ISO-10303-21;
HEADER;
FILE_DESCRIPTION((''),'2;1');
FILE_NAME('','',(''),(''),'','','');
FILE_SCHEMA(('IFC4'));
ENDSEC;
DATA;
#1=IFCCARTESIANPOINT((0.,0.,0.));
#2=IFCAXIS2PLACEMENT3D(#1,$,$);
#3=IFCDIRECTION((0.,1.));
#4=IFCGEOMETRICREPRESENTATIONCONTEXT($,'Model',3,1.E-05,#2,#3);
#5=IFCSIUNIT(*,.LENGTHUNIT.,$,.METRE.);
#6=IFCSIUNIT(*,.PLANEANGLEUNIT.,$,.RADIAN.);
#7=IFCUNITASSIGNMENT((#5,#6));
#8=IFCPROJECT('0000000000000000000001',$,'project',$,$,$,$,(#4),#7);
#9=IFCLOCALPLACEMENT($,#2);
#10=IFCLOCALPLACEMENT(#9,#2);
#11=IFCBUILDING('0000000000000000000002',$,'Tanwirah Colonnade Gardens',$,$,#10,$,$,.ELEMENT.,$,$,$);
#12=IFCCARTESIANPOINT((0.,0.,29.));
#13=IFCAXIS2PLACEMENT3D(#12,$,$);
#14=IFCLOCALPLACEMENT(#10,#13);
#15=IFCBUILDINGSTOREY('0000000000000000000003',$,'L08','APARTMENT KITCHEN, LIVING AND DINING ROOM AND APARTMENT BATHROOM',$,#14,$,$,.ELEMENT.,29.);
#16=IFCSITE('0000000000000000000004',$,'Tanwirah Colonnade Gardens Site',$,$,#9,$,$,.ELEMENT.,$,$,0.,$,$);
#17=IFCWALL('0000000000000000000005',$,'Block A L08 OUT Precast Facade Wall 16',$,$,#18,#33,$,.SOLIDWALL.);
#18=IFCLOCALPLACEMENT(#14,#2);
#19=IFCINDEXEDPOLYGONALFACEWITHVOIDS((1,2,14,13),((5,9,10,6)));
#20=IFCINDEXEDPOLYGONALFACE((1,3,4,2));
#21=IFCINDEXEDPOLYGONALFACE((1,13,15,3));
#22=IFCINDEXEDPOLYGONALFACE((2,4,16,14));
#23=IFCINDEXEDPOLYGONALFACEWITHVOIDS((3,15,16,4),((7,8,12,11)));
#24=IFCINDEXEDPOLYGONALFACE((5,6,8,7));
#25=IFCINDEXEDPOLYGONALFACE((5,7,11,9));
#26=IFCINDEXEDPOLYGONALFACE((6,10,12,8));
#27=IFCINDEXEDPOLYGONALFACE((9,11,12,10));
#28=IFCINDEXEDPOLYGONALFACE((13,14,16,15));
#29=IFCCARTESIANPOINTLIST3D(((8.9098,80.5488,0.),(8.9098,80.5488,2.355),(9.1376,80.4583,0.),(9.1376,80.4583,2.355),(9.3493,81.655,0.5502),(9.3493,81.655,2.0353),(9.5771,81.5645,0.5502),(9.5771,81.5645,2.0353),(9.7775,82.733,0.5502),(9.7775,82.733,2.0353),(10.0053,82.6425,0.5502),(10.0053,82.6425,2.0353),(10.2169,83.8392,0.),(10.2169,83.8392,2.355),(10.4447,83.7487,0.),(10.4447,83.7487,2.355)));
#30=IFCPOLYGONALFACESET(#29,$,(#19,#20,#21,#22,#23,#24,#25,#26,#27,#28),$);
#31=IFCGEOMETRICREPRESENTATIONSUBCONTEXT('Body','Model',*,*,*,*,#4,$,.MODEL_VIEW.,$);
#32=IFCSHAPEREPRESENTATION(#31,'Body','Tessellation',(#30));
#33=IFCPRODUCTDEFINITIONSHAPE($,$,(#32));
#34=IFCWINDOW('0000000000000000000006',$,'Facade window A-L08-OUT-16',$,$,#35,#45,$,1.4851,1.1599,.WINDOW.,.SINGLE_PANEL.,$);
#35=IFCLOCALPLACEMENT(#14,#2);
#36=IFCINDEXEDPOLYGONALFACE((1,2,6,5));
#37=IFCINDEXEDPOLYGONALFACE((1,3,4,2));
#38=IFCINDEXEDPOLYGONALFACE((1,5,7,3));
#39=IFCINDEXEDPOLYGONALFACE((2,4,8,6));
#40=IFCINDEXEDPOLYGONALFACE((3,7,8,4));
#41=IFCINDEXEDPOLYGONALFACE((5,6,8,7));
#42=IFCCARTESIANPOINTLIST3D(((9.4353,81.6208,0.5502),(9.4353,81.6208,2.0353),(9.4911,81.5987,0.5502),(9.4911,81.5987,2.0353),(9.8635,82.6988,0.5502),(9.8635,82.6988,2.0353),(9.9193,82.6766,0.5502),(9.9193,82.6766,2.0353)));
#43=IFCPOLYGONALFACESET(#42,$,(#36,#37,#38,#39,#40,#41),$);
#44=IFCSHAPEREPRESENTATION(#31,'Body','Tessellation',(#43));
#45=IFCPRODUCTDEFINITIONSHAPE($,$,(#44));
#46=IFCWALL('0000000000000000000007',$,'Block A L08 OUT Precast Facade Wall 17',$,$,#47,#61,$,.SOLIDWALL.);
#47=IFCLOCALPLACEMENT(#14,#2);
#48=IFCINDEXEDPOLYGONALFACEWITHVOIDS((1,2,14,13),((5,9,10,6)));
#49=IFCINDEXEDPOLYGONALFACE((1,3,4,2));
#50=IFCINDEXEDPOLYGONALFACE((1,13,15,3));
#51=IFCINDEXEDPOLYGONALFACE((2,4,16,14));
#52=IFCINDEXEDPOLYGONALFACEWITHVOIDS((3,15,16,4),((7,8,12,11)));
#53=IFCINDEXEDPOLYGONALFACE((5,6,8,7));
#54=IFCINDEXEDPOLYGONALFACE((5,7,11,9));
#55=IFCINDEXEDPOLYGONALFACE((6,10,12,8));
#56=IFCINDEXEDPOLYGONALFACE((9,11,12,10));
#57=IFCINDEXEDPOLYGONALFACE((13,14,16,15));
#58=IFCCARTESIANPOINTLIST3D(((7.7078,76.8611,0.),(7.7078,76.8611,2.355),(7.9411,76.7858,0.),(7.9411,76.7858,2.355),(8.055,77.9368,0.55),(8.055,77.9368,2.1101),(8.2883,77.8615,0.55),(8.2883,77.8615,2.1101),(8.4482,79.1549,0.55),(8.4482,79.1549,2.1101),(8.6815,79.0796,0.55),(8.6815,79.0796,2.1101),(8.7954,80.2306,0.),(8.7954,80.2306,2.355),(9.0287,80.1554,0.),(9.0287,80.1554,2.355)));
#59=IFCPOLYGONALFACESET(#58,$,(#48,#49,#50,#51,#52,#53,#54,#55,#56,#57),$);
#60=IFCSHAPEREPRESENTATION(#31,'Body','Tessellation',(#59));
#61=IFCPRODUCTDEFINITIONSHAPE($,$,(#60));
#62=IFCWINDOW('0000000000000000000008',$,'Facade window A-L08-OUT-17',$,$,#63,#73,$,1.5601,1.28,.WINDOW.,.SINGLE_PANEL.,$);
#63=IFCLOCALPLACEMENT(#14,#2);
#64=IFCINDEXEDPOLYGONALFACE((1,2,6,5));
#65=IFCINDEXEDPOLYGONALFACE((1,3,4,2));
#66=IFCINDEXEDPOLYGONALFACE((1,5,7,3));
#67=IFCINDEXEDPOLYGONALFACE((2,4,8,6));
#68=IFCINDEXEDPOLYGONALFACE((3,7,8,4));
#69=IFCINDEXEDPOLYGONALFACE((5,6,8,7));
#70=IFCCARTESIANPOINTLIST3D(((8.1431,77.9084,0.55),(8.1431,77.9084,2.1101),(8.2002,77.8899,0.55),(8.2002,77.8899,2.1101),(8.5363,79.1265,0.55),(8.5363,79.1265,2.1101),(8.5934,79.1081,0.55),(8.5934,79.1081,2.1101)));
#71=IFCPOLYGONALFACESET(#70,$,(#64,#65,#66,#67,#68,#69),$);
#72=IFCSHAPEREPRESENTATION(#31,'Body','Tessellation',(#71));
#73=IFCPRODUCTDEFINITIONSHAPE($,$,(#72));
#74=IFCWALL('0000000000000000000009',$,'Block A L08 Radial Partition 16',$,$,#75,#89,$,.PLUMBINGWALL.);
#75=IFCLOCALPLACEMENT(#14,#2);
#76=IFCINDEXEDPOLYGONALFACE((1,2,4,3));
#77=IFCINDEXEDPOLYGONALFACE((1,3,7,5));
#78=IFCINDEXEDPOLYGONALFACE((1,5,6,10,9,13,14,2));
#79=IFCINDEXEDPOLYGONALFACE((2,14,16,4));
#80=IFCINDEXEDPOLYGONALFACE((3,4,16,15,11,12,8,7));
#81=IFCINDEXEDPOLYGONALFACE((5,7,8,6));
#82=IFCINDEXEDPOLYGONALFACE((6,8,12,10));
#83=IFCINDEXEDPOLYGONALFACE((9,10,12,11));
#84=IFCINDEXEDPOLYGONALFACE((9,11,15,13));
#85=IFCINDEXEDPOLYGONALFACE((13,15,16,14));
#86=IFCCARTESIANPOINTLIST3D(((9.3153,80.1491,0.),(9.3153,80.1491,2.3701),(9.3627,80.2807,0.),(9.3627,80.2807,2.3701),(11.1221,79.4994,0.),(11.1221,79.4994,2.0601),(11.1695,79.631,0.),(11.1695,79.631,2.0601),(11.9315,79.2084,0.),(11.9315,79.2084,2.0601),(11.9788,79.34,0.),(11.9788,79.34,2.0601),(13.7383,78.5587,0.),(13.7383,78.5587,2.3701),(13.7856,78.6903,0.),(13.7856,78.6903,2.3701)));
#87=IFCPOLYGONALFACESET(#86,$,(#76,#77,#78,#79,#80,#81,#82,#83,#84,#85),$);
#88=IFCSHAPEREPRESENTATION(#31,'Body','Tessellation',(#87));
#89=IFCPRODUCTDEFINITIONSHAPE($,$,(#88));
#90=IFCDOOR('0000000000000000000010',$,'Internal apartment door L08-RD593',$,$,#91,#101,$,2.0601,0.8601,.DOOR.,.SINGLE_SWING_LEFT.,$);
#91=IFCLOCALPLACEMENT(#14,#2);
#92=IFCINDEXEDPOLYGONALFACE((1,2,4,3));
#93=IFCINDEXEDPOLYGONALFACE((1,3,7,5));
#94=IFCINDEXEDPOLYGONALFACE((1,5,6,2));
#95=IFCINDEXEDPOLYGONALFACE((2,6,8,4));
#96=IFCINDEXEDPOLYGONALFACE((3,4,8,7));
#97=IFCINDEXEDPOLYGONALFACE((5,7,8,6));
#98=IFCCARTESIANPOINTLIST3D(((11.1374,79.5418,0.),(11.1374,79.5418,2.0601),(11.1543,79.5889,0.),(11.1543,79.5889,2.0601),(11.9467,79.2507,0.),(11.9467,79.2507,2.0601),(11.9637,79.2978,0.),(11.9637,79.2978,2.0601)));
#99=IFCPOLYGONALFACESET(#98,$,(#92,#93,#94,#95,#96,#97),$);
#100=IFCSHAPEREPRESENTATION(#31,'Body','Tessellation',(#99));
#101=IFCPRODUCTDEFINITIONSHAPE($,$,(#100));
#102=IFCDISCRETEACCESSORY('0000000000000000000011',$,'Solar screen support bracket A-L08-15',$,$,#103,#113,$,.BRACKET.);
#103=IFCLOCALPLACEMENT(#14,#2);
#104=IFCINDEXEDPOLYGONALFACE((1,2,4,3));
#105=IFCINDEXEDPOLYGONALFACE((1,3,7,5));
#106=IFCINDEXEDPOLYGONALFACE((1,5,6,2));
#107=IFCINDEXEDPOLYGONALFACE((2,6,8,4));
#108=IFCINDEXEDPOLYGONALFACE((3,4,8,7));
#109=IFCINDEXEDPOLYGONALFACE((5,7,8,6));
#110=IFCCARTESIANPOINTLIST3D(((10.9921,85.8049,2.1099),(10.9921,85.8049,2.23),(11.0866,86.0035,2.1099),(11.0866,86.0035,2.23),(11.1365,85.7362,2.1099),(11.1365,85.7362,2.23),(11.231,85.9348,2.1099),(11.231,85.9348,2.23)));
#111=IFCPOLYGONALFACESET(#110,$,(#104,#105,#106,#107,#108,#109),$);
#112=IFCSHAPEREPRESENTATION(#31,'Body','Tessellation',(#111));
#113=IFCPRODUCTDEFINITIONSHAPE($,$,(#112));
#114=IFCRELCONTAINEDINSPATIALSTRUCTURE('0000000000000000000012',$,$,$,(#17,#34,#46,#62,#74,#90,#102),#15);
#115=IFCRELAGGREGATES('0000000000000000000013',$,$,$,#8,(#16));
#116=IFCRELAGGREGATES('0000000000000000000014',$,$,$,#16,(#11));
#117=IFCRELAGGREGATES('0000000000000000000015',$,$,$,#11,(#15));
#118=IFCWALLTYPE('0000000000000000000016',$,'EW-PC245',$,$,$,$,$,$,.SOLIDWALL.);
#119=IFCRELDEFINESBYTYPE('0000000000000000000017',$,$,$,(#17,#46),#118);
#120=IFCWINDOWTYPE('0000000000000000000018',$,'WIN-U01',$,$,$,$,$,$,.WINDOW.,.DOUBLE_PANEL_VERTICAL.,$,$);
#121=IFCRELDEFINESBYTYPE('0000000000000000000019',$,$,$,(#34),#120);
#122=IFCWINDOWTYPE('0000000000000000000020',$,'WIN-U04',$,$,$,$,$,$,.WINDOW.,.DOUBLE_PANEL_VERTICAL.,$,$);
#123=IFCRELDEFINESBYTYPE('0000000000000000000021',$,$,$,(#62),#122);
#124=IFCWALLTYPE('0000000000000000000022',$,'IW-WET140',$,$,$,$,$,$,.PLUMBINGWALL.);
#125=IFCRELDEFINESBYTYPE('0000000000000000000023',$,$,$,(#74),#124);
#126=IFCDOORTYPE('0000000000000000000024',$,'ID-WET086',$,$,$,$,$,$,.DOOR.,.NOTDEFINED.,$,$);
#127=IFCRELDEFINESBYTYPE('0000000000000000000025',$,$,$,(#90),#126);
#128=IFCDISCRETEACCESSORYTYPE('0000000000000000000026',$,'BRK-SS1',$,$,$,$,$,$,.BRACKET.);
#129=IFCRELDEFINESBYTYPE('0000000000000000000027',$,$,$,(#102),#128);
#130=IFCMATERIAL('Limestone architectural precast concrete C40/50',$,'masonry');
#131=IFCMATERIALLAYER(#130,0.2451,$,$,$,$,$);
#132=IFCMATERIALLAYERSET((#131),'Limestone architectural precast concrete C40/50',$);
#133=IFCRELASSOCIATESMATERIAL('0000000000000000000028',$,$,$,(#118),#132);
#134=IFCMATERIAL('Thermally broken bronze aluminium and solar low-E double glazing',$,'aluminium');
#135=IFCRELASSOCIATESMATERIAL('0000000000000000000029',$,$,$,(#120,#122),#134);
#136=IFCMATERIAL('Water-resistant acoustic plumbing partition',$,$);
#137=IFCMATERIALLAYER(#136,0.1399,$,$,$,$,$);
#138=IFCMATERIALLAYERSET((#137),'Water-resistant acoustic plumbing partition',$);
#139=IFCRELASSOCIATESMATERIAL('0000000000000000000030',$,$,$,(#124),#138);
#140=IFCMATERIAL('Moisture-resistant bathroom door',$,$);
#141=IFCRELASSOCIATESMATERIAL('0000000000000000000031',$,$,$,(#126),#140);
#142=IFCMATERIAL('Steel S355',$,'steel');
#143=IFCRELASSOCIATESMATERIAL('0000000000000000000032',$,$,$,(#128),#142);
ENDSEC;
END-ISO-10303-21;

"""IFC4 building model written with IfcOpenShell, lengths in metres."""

from ifc_helpers import new_model, si_unit, direction, frame, frame_2d, origin, origin_2d, place, context, subcontext, project, spatial, rectangle, extrude, material, layer, layer_set, type_object, element, fill, save


model = new_model("IFC4")

# Units and contexts
model_context = context("Model", 3, precision=1e-05, world=origin(), true_north=direction((0.0, 1.0)))
body_context = subcontext(model_context, "Body", "Model", "MODEL_VIEW")
ifc_project = project(units=[si_unit("LENGTHUNIT", "METRE"), si_unit("PLANEANGLEUNIT", "RADIAN")], contexts=[model_context])

# Site, building, storey
site_placement = place(None, origin())
site = spatial("IfcSite", under=ifc_project, at=site_placement, Name="Tanwirah Colonnade Gardens Site", CompositionType="ELEMENT", RefElevation=0.0)
building_placement = place(site_placement, origin())
building = spatial("IfcBuilding", under=site, at=building_placement, Name="Tanwirah Colonnade Gardens", CompositionType="ELEMENT")
storey_placement = place(building_placement, frame((0.0, 0.0, 29.0)))
storey = spatial("IfcBuildingStorey", under=building, at=storey_placement, Name="L08", Description="APARTMENT KITCHEN, LIVING AND DINING ROOM AND APARTMENT BATHROOM", CompositionType="ELEMENT", Elevation=29.0)

# Walls, openings, windows
ifc_material_1 = material(Name="Limestone architectural precast concrete C40/50", Category="masonry")
ifc_layer_1 = layer(ifc_material_1, 0.2451)
ifc_layer_set_1 = layer_set([ifc_layer_1], Name="Limestone architectural precast concrete C40/50")
wall_type_1 = type_object("IfcWallType", Name="EW-PC245", PredefinedType="SOLIDWALL", material=ifc_layer_set_1)
ifc_material_2 = material(Name="Thermally broken bronze aluminium and solar low-E double glazing", Category="aluminium")
wall_1_placement = place(storey_placement, frame((10.3308, 83.7939, 0.0), z_axis=(0.0, 0.0, 1.0), x_axis=(-0.369178, -0.929359, 0.0)))
wall_1 = element("IfcWall", 1, at=wall_1_placement, inside=storey, type_object=wall_type_1, Name="Block A L08 OUT Precast Facade Wall 16", PredefinedType="SOLIDWALL", context=body_context, shape_type="SweptSolid", body=[
    extrude(rectangle(XDim=3.5405, YDim=0.2451, at=frame_2d((1.7703, 0.0))), origin(), (0.0, 0.0, 1.0), 2.355),
])
opening_1_placement = place(wall_1_placement, frame((1.1902, 0.0, 0.55)))
opening_1 = element("IfcOpeningElement", 2, at=opening_1_placement, cuts=wall_1, PredefinedType="OPENING", context=body_context, shape_type="SweptSolid", body=[
    extrude(rectangle(XDim=1.1599, YDim=1.4851, at=frame_2d((0.5801, 0.7427))), frame((0.0, 0.1326, 0.0), z_axis=(0.0, -1.0, 0.0), x_axis=(1.0, 0.0, 0.0)), (0.0, 0.0, 1.0), 0.2651),
])
window_type_1 = type_object("IfcWindowType", Name="WIN-U01", PartitioningType="DOUBLE_PANEL_VERTICAL", PredefinedType="WINDOW", material=ifc_material_2)
window_1_placement = place(opening_1_placement, origin())
window_1 = element("IfcWindow", 3, at=window_1_placement, inside=storey, type_object=window_type_1, Name="Facade window A-L08-OUT-16", OverallHeight=1.4851, OverallWidth=1.1599, PartitioningType="SINGLE_PANEL", PredefinedType="WINDOW", context=body_context, shape_type="SweptSolid", body=[
    extrude(rectangle(XDim=1.1599, YDim=1.4851, at=frame_2d((0.5801, 0.7427))), frame((0.0, 0.03, 0.0), z_axis=(0.0, -1.0, 0.0), x_axis=(1.0, 0.0, 0.0)), (0.0, 0.0, 1.0), 0.0601),
])
fill(opening_1, window_1)
wall_2_placement = place(storey_placement, frame((8.9121, 80.1931, 0.0), z_axis=(0.0, 0.0, 1.0), x_axis=(-0.307174, -0.951653, 0.0)))
wall_2 = element("IfcWall", 4, at=wall_2_placement, inside=storey, type_object=wall_type_1, Name="Block A L08 OUT Precast Facade Wall 17", PredefinedType="SOLIDWALL", context=body_context, shape_type="SweptSolid", body=[
    extrude(rectangle(XDim=3.5408, YDim=0.2451, at=frame_2d((1.7705, 0.0))), origin(), (0.0, 0.0, 1.0), 2.355),
])
opening_2_placement = place(wall_2_placement, frame((1.1304, 0.0, 0.55)))
opening_2 = element("IfcOpeningElement", 5, at=opening_2_placement, cuts=wall_2, PredefinedType="OPENING", context=body_context, shape_type="SweptSolid", body=[
    extrude(rectangle(XDim=1.28, YDim=1.5601, at=frame_2d((0.6401, 0.78))), frame((0.0, 0.1326, 0.0), z_axis=(0.0, -1.0, 0.0), x_axis=(1.0, 0.0, 0.0)), (0.0, 0.0, 1.0), 0.2651),
])
window_type_2 = type_object("IfcWindowType", Name="WIN-U04", PartitioningType="DOUBLE_PANEL_VERTICAL", PredefinedType="WINDOW", material=ifc_material_2)
window_2_placement = place(opening_2_placement, origin())
window_2 = element("IfcWindow", 6, at=window_2_placement, inside=storey, type_object=window_type_2, Name="Facade window A-L08-OUT-17", OverallHeight=1.5601, OverallWidth=1.28, PartitioningType="SINGLE_PANEL", PredefinedType="WINDOW", context=body_context, shape_type="SweptSolid", body=[
    extrude(rectangle(XDim=1.28, YDim=1.5601, at=frame_2d((0.6401, 0.78))), frame((0.0, 0.03, 0.0), z_axis=(0.0, -1.0, 0.0), x_axis=(1.0, 0.0, 0.0)), (0.0, 0.0, 1.0), 0.0601),
])
fill(opening_2, window_2)

# Wall, opening, door
ifc_material_3 = material(Name="Water-resistant acoustic plumbing partition")
ifc_layer_2 = layer(ifc_material_3, 0.1399)
ifc_layer_set_2 = layer_set([ifc_layer_2], Name="Water-resistant acoustic plumbing partition")
wall_type_2 = type_object("IfcWallType", Name="IW-WET140", PredefinedType="PLUMBINGWALL", material=ifc_layer_set_2)
wall_3_placement = place(storey_placement, frame((13.762, 78.6245, 0.0), z_axis=(0.0, 0.0, 1.0), x_axis=(-0.941016, 0.338363, 0.0)))
wall_3 = element("IfcWall", 7, at=wall_3_placement, inside=storey, type_object=wall_type_2, Name="Block A L08 Radial Partition 16", PredefinedType="PLUMBINGWALL", context=body_context, shape_type="SweptSolid", body=[
    extrude(rectangle(XDim=4.7002, YDim=0.1399, at=frame_2d((2.3501, 0.0))), origin(), (0.0, 0.0, 1.0), 2.3701),
])
opening_3_placement = place(wall_3_placement, frame((1.9199, 0.0, 0.0)))
opening_3 = element("IfcOpeningElement", 8, at=opening_3_placement, cuts=wall_3, PredefinedType="OPENING", context=body_context, shape_type="SweptSolid", body=[
    extrude(rectangle(XDim=0.8601, YDim=2.0601, at=frame_2d((0.4302, 1.03))), frame((0.0, 0.0798, 0.0), z_axis=(0.0, -1.0, 0.0), x_axis=(1.0, 0.0, 0.0)), (0.0, 0.0, 1.0), 0.1599),
])
ifc_material_4 = material(Name="Moisture-resistant bathroom door")
door_type_1 = type_object("IfcDoorType", Name="ID-WET086", OperationType="NOTDEFINED", PredefinedType="DOOR", material=ifc_material_4)
door_1_placement = place(opening_3_placement, origin())
door_1 = element("IfcDoor", 9, at=door_1_placement, inside=storey, type_object=door_type_1, Name="Internal apartment door L08-RD593", OperationType="SINGLE_SWING_LEFT", OverallHeight=2.0601, OverallWidth=0.8601, PredefinedType="DOOR", context=body_context, shape_type="SweptSolid", body=[
    extrude(rectangle(XDim=0.8601, YDim=2.0601, at=frame_2d((0.4302, 1.03))), frame((0.0, 0.0249, 0.0), z_axis=(0.0, -1.0, 0.0), x_axis=(1.0, 0.0, 0.0)), (0.0, 0.0, 1.0), 0.05),
])
fill(opening_3, door_1)

# Discrete accessory
ifc_material_5 = material(Name="Steel S355", Category="steel")
discrete_accessory_type = type_object("IfcDiscreteAccessoryType", Name="BRK-SS1", PredefinedType="BRACKET", material=ifc_material_5)
discrete_accessory_placement = place(storey_placement, frame((11.1116, 85.8699, 2.1099), z_axis=(0.0, 0.0, 1.0), x_axis=(-0.429637, -0.903002, 0.0)))
element("IfcDiscreteAccessory", 10, at=discrete_accessory_placement, inside=storey, type_object=discrete_accessory_type, Name="Solar screen support bracket A-L08-15", PredefinedType="BRACKET", context=body_context, shape_type="SweptSolid", body=[
    extrude(rectangle(XDim=0.22, YDim=0.1599, at=origin_2d()), origin(), (0.0, 0.0, 1.0), 0.1201),
])

save(model, "model.ifc")
